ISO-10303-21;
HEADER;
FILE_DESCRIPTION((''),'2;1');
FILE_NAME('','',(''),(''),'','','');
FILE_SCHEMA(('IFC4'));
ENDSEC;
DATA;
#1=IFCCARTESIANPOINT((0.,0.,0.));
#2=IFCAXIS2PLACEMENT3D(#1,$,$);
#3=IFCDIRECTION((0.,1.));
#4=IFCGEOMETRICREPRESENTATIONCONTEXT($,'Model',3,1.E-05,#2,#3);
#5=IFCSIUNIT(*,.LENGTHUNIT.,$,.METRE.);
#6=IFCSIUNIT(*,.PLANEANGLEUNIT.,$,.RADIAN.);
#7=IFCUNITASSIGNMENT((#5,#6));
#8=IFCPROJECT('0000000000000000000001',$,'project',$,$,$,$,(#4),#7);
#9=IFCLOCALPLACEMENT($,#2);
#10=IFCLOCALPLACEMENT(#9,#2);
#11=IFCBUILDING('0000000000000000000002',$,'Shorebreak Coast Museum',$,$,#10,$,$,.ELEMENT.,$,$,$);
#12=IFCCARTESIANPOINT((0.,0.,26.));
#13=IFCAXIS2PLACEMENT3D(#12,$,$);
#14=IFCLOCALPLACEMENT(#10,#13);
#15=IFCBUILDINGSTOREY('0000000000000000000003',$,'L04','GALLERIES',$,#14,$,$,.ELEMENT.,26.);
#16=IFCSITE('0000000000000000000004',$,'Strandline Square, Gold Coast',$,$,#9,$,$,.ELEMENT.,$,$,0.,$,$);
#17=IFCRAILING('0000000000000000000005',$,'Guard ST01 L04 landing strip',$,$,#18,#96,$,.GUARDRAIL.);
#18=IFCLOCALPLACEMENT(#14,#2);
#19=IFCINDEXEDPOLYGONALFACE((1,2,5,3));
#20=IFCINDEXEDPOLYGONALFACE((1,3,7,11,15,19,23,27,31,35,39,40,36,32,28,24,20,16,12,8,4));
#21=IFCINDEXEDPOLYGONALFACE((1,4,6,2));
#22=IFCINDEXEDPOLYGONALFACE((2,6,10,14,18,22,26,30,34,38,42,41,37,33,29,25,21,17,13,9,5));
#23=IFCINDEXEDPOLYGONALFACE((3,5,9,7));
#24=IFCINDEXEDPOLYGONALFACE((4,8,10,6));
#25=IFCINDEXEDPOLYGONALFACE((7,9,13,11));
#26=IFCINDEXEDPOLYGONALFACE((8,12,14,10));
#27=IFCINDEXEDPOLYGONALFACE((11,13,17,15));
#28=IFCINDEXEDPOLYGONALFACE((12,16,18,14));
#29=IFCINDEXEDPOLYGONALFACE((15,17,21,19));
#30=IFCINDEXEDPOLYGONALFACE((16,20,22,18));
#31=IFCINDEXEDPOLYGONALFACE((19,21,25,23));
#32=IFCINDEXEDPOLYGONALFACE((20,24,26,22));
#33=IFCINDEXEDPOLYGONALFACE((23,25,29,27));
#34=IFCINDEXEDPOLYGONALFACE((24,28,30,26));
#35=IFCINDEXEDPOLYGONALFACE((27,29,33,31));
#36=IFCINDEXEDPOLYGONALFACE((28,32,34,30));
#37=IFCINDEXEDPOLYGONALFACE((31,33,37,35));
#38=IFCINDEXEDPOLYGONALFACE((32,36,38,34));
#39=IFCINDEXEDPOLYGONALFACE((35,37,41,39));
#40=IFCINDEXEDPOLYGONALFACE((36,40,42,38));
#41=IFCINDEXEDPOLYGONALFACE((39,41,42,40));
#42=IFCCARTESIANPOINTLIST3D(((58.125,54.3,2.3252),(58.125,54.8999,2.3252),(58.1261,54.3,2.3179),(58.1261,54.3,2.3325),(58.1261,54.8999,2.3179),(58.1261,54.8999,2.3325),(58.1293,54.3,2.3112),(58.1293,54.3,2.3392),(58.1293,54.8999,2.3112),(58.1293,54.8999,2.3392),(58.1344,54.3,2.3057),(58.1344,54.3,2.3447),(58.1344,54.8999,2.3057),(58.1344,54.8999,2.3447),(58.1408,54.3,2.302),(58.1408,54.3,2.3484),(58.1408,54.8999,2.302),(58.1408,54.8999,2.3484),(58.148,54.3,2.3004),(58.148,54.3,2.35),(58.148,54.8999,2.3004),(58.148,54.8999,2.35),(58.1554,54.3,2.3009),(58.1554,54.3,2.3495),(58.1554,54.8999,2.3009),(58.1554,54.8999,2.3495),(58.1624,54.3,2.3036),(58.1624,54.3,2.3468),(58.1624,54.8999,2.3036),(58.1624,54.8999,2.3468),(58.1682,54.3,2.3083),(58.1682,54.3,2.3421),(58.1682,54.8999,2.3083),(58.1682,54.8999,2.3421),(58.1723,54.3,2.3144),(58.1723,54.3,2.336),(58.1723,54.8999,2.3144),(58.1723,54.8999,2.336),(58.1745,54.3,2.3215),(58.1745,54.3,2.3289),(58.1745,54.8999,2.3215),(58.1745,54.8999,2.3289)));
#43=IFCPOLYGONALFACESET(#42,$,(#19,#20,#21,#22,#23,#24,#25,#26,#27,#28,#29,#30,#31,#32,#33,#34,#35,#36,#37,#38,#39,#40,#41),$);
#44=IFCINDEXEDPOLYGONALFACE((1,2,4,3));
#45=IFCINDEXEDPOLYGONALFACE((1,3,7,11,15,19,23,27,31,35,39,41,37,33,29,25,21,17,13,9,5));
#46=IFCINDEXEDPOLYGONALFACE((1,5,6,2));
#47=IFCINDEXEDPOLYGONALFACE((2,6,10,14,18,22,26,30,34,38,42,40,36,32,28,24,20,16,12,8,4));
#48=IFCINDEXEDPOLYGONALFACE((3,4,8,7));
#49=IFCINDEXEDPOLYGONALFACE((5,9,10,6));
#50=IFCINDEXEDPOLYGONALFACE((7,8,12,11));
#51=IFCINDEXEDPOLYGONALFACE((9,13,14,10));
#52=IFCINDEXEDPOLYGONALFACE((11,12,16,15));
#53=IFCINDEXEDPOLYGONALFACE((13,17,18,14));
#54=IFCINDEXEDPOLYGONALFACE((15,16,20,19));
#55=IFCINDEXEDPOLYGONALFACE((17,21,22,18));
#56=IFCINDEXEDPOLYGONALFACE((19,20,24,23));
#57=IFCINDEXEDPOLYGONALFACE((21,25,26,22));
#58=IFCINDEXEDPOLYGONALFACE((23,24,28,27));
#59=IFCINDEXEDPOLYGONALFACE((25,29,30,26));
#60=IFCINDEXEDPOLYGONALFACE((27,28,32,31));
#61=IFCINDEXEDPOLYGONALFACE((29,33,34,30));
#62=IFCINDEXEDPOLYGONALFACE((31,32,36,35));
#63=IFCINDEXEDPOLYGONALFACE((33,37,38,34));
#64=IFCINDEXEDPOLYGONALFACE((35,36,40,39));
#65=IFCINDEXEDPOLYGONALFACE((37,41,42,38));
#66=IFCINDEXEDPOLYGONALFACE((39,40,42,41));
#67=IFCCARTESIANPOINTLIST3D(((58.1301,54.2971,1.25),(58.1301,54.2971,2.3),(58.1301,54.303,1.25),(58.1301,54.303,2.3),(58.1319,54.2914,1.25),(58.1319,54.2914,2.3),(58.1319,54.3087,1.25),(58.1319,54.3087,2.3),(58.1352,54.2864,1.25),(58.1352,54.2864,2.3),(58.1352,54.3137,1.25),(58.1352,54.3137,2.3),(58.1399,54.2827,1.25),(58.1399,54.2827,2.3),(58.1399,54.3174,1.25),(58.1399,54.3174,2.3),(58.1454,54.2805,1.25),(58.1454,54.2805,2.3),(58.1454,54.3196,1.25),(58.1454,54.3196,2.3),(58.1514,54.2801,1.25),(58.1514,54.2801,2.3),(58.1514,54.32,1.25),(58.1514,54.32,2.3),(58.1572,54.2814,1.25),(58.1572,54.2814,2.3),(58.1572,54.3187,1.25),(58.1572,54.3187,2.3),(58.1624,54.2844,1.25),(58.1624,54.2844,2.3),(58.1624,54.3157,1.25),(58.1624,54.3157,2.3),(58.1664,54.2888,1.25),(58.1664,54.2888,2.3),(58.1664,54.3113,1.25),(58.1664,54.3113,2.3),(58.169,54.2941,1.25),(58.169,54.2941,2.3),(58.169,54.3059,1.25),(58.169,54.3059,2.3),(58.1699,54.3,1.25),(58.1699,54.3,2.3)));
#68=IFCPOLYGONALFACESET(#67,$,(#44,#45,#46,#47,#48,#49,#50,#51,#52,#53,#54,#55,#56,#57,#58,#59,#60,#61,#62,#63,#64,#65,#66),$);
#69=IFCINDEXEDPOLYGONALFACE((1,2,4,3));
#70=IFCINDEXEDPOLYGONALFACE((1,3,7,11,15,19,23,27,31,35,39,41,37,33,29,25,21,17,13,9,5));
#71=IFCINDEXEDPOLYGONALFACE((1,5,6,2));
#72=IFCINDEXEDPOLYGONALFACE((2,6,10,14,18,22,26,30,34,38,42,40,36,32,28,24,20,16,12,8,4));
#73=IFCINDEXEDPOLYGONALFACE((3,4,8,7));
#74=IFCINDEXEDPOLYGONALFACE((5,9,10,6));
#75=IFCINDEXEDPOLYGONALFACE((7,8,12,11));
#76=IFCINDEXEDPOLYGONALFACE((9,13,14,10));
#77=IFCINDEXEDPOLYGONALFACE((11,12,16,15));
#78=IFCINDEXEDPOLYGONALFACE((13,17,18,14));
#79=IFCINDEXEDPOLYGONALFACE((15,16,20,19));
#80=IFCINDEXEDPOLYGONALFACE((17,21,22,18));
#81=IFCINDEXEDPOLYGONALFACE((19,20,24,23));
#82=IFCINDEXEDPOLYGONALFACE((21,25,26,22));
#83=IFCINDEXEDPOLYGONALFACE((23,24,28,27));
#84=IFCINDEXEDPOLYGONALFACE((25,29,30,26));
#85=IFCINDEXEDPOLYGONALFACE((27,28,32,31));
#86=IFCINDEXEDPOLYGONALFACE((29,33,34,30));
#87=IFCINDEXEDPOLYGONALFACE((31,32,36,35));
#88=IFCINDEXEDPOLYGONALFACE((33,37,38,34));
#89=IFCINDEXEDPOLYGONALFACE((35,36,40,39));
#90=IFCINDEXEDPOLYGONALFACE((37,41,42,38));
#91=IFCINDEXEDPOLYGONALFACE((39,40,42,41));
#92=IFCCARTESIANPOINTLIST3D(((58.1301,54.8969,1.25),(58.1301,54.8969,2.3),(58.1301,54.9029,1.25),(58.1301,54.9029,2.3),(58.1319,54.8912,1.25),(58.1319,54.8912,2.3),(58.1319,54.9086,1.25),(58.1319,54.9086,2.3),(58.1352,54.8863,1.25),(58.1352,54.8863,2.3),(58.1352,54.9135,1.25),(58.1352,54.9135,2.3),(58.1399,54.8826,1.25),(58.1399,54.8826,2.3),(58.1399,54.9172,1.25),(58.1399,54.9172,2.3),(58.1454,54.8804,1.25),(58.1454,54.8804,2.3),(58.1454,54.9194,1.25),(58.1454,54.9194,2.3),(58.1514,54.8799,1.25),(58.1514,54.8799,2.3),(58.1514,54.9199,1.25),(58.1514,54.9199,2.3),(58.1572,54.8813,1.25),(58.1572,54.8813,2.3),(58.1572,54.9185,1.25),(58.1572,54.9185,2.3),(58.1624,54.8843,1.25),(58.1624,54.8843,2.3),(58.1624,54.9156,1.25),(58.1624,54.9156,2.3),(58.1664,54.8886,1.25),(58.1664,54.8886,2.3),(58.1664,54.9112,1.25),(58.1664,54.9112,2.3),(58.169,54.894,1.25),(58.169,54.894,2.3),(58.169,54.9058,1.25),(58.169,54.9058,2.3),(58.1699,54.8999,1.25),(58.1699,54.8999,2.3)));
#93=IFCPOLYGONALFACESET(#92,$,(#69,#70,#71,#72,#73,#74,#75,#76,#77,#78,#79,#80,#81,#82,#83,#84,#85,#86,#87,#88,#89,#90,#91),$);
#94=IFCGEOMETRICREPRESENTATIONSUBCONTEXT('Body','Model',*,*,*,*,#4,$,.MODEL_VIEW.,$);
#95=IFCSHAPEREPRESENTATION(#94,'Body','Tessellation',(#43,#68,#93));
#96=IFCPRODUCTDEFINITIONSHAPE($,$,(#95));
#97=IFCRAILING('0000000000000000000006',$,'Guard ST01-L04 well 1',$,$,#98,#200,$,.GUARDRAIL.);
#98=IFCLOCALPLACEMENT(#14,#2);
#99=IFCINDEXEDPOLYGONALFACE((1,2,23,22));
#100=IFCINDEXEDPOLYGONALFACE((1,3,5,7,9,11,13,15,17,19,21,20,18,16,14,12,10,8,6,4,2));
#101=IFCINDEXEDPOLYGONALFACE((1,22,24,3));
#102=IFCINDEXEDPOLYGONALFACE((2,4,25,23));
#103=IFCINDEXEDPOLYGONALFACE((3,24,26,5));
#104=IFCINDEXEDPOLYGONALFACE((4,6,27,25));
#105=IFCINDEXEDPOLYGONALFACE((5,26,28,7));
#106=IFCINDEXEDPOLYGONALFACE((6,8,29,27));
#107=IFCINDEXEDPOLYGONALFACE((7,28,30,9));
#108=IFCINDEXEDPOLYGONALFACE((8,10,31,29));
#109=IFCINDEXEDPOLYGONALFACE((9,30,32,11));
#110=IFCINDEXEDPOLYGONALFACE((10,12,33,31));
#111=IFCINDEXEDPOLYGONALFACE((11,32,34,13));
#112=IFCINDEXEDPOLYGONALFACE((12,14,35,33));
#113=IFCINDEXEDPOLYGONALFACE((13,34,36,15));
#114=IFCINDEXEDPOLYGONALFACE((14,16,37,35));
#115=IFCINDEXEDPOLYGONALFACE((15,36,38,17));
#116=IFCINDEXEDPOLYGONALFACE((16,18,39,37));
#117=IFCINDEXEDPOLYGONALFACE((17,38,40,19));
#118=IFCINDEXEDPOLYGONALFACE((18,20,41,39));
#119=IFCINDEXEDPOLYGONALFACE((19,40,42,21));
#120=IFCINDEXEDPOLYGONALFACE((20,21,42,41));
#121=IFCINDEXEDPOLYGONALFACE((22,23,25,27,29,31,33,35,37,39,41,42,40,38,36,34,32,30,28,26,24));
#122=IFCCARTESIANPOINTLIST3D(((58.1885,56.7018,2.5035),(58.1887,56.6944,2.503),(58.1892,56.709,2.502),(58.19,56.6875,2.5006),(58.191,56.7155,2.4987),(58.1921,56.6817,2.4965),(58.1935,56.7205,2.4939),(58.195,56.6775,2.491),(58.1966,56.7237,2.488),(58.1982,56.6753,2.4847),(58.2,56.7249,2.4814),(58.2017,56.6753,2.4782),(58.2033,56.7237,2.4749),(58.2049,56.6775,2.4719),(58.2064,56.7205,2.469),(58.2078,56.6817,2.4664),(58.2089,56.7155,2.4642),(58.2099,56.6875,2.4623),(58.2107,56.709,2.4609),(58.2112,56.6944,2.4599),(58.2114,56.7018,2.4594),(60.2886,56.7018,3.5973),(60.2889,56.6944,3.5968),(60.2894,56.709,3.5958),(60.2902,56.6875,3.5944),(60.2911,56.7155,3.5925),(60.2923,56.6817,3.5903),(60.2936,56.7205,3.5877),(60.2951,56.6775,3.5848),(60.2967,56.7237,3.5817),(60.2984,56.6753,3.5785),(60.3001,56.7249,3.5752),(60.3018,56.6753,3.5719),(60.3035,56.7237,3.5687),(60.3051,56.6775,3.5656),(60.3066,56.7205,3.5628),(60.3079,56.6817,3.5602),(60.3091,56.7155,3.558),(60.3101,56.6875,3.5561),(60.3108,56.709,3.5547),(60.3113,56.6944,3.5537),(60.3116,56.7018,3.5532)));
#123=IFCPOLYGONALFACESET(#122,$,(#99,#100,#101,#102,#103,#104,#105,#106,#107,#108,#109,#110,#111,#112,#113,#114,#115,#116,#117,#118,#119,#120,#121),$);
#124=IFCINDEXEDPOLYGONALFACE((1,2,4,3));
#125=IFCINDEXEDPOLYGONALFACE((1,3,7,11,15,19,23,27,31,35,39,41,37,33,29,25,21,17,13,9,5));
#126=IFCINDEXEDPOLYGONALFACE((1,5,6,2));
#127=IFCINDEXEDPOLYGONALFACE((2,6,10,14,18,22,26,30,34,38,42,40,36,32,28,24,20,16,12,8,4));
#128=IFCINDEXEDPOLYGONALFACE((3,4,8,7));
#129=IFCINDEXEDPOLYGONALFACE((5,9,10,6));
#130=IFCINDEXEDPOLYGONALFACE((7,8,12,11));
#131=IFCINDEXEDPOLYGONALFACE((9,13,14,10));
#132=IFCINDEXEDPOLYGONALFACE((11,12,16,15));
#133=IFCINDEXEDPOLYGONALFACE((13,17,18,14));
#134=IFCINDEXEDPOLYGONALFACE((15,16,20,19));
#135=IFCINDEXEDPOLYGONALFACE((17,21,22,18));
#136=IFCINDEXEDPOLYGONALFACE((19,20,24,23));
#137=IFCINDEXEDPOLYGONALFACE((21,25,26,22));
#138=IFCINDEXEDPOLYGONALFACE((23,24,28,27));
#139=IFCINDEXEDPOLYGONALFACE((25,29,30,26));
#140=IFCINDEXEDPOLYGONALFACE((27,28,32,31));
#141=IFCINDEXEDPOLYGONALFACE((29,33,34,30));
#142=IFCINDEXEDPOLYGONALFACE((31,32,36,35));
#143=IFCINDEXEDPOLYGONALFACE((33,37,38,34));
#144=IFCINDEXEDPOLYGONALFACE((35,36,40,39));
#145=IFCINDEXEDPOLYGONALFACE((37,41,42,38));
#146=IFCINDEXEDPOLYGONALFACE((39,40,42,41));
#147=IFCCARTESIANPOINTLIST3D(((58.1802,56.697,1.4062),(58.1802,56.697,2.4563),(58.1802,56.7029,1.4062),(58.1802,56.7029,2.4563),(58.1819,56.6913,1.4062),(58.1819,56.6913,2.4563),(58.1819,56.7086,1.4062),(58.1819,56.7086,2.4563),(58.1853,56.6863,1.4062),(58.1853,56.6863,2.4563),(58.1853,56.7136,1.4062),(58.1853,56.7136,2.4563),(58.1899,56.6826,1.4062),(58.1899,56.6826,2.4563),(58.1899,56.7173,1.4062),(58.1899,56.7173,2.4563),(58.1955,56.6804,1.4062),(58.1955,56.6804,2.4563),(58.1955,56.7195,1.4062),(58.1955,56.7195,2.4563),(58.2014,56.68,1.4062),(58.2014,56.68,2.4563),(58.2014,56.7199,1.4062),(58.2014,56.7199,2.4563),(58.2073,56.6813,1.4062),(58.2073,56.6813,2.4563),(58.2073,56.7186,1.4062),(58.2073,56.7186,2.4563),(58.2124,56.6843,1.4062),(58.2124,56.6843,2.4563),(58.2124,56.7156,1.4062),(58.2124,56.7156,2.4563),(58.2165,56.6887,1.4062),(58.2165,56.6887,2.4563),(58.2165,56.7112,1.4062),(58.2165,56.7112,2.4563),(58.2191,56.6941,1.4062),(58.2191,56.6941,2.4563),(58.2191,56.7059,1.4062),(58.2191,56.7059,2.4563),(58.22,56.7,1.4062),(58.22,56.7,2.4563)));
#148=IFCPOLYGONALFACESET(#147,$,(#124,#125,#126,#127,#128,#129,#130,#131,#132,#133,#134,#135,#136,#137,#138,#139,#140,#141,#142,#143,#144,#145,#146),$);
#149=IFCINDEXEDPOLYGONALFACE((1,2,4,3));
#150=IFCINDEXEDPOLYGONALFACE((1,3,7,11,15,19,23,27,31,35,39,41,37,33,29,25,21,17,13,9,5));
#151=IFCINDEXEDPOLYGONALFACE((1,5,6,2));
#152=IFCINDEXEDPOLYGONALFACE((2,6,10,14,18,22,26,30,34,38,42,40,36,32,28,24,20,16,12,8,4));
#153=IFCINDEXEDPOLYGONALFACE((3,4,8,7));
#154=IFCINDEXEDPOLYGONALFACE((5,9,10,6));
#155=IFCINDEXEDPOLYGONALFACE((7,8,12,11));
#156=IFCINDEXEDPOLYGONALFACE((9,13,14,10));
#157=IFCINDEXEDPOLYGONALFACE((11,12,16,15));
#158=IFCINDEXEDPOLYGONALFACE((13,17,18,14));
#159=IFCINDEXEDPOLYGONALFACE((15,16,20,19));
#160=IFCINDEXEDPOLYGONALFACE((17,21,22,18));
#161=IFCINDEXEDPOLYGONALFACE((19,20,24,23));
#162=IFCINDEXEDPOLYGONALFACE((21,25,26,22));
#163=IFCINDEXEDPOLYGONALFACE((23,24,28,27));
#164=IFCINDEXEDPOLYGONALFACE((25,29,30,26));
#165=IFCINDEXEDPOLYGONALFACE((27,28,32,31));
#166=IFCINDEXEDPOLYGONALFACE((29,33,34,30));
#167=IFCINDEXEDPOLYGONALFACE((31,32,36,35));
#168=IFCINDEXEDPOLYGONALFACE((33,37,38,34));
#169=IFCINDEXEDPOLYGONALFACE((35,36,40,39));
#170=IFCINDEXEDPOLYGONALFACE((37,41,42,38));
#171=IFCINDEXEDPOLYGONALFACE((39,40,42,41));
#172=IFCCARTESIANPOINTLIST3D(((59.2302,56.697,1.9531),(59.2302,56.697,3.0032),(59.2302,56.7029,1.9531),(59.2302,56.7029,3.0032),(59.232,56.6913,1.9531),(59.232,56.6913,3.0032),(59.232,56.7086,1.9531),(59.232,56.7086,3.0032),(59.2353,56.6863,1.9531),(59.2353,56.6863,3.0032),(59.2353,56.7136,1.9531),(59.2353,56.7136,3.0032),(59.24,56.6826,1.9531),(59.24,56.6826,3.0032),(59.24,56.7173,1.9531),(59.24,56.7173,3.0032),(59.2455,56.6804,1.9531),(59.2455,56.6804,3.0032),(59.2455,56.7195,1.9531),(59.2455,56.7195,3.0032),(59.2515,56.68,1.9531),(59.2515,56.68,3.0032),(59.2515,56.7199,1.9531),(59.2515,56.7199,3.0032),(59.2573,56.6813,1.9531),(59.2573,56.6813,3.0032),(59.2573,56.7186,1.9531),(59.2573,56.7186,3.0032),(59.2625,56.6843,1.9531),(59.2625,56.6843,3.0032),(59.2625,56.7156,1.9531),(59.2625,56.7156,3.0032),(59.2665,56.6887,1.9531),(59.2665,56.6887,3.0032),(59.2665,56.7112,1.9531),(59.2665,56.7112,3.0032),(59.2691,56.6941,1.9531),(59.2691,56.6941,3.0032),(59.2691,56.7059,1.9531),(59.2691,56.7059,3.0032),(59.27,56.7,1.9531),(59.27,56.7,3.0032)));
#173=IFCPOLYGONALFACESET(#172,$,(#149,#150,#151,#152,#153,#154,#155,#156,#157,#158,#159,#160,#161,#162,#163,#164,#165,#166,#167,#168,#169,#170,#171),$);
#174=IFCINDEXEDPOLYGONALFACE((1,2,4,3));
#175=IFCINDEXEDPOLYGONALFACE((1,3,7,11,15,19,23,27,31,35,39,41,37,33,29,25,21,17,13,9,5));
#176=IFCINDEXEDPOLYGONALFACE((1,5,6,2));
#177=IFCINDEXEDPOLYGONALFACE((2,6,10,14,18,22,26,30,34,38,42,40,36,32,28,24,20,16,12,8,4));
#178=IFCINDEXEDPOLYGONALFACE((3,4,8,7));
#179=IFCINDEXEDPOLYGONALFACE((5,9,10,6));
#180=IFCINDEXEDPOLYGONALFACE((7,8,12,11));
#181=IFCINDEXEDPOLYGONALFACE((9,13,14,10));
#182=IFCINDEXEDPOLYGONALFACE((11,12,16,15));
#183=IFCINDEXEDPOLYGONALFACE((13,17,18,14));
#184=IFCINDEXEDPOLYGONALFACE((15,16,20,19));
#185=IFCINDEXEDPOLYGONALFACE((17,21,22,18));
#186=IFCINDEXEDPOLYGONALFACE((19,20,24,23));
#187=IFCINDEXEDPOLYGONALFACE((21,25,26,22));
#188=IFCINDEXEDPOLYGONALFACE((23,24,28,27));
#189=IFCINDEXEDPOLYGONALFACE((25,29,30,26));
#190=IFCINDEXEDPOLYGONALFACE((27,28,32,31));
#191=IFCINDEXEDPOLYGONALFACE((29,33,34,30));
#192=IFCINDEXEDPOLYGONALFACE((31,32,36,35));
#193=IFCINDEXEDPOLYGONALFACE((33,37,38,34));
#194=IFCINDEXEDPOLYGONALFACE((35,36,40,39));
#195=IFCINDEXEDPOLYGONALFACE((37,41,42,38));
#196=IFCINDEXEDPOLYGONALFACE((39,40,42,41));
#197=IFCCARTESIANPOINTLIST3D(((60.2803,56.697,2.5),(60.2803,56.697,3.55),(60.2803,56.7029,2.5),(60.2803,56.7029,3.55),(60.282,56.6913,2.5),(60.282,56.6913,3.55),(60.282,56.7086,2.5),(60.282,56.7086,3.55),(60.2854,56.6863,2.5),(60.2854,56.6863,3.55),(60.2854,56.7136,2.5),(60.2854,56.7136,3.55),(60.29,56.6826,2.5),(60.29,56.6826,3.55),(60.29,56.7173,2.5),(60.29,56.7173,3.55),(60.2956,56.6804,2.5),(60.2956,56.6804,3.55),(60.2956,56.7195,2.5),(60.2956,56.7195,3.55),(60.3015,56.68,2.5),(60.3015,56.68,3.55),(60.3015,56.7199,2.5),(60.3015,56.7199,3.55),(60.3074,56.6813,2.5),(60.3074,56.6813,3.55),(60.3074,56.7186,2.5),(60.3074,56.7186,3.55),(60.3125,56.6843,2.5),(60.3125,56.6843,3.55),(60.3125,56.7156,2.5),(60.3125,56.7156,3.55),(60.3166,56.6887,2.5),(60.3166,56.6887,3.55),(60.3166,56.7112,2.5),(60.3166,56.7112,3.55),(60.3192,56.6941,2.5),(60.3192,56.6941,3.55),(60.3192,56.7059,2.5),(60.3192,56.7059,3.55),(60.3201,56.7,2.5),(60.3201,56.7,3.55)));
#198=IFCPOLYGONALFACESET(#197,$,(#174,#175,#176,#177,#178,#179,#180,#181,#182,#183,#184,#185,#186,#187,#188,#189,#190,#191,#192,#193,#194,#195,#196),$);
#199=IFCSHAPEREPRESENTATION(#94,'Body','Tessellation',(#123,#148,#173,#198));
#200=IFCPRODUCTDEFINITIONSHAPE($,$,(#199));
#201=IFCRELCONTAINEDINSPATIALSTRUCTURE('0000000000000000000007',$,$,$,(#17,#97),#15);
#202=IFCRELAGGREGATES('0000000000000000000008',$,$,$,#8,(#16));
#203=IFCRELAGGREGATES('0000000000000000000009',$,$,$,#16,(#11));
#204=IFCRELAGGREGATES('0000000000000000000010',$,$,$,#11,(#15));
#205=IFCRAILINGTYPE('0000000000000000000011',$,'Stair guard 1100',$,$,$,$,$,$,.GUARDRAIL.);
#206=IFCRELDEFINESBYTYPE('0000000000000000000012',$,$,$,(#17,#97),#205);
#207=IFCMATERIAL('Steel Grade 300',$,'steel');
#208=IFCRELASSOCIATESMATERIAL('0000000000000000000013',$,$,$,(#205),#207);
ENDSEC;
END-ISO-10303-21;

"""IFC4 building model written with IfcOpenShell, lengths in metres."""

from ifc_helpers import new_model, si_unit, direction, frame, origin, origin_2d, place, context, subcontext, project, spatial, circle, extrude, material, type_object, element, save


model = new_model("IFC4")

# Units and contexts
model_context = context("Model", 3, precision=1e-05, world=origin(), true_north=direction((0.0, 1.0)))
body_context = subcontext(model_context, "Body", "Model", "MODEL_VIEW")
ifc_project = project(units=[si_unit("LENGTHUNIT", "METRE"), si_unit("PLANEANGLEUNIT", "RADIAN")], contexts=[model_context])

# Site, building, storey
site_placement = place(None, origin())
site = spatial("IfcSite", under=ifc_project, at=site_placement, Name="Strandline Square, Gold Coast", CompositionType="ELEMENT", RefElevation=0.0)
building_placement = place(site_placement, origin())
building = spatial("IfcBuilding", under=site, at=building_placement, Name="Shorebreak Coast Museum", CompositionType="ELEMENT")
storey_placement = place(building_placement, frame((0.0, 0.0, 26.0)))
storey = spatial("IfcBuildingStorey", under=building, at=storey_placement, Name="L04", Description="GALLERIES", CompositionType="ELEMENT", Elevation=26.0)

# Railings
ifc_material_1 = material(Name="Steel Grade 300", Category="steel")
railing_type_1 = type_object("IfcRailingType", Name="Stair guard 1100", PredefinedType="GUARDRAIL", material=ifc_material_1)
for number, where, name in (
    (1, (58.1499, 54.3, 1.25), "Guard ST01 L04 landing strip"),
):
    element("IfcRailing", number, at=place(storey_placement, frame(where)), inside=storey, type_object=railing_type_1, Name=name, PredefinedType="GUARDRAIL", context=body_context, shape_type="SweptSolid", body=[
        extrude(circle(Radius=0.0249, at=origin_2d()), frame((0.0, 0.0, 1.0752), z_axis=(0.0, 1.0, 0.0), x_axis=(-1.0, 0.0, 0.0)), (0.0, 0.0, 1.0), 0.5999),
        extrude(circle(Radius=0.02, at=origin_2d()), origin(), (0.0, 0.0, 1.0), 1.05),
        extrude(circle(Radius=0.02, at=origin_2d()), frame((0.0, 0.5999, 0.0)), (0.0, 0.0, 1.0), 1.05),
    ])
for number, where, name in (
    (2, (58.2, 56.7, 1.4062), "Guard ST01-L04 well 1"),
):
    element("IfcRailing", number, at=place(storey_placement, frame(where)), inside=storey, type_object=railing_type_1, Name=name, PredefinedType="GUARDRAIL", context=body_context, shape_type="SweptSolid", body=[
        extrude(circle(Radius=0.0249, at=origin_2d()), frame((0.0, 0.0, 1.0752), z_axis=(0.886923, 0.0, 0.461918), x_axis=(0.0, 1.0, 0.0)), (0.0, 0.0, 1.0), 2.3679),
        extrude(circle(Radius=0.02, at=origin_2d()), origin(), (0.0, 0.0, 1.0), 1.05),
        extrude(circle(Radius=0.02, at=origin_2d()), frame((1.05, 0.0, 0.5469)), (0.0, 0.0, 1.0), 1.05),
        extrude(circle(Radius=0.02, at=origin_2d()), frame((2.1001, 0.0, 1.0938)), (0.0, 0.0, 1.0), 1.05),
    ])

save(model, "model.ifc")
